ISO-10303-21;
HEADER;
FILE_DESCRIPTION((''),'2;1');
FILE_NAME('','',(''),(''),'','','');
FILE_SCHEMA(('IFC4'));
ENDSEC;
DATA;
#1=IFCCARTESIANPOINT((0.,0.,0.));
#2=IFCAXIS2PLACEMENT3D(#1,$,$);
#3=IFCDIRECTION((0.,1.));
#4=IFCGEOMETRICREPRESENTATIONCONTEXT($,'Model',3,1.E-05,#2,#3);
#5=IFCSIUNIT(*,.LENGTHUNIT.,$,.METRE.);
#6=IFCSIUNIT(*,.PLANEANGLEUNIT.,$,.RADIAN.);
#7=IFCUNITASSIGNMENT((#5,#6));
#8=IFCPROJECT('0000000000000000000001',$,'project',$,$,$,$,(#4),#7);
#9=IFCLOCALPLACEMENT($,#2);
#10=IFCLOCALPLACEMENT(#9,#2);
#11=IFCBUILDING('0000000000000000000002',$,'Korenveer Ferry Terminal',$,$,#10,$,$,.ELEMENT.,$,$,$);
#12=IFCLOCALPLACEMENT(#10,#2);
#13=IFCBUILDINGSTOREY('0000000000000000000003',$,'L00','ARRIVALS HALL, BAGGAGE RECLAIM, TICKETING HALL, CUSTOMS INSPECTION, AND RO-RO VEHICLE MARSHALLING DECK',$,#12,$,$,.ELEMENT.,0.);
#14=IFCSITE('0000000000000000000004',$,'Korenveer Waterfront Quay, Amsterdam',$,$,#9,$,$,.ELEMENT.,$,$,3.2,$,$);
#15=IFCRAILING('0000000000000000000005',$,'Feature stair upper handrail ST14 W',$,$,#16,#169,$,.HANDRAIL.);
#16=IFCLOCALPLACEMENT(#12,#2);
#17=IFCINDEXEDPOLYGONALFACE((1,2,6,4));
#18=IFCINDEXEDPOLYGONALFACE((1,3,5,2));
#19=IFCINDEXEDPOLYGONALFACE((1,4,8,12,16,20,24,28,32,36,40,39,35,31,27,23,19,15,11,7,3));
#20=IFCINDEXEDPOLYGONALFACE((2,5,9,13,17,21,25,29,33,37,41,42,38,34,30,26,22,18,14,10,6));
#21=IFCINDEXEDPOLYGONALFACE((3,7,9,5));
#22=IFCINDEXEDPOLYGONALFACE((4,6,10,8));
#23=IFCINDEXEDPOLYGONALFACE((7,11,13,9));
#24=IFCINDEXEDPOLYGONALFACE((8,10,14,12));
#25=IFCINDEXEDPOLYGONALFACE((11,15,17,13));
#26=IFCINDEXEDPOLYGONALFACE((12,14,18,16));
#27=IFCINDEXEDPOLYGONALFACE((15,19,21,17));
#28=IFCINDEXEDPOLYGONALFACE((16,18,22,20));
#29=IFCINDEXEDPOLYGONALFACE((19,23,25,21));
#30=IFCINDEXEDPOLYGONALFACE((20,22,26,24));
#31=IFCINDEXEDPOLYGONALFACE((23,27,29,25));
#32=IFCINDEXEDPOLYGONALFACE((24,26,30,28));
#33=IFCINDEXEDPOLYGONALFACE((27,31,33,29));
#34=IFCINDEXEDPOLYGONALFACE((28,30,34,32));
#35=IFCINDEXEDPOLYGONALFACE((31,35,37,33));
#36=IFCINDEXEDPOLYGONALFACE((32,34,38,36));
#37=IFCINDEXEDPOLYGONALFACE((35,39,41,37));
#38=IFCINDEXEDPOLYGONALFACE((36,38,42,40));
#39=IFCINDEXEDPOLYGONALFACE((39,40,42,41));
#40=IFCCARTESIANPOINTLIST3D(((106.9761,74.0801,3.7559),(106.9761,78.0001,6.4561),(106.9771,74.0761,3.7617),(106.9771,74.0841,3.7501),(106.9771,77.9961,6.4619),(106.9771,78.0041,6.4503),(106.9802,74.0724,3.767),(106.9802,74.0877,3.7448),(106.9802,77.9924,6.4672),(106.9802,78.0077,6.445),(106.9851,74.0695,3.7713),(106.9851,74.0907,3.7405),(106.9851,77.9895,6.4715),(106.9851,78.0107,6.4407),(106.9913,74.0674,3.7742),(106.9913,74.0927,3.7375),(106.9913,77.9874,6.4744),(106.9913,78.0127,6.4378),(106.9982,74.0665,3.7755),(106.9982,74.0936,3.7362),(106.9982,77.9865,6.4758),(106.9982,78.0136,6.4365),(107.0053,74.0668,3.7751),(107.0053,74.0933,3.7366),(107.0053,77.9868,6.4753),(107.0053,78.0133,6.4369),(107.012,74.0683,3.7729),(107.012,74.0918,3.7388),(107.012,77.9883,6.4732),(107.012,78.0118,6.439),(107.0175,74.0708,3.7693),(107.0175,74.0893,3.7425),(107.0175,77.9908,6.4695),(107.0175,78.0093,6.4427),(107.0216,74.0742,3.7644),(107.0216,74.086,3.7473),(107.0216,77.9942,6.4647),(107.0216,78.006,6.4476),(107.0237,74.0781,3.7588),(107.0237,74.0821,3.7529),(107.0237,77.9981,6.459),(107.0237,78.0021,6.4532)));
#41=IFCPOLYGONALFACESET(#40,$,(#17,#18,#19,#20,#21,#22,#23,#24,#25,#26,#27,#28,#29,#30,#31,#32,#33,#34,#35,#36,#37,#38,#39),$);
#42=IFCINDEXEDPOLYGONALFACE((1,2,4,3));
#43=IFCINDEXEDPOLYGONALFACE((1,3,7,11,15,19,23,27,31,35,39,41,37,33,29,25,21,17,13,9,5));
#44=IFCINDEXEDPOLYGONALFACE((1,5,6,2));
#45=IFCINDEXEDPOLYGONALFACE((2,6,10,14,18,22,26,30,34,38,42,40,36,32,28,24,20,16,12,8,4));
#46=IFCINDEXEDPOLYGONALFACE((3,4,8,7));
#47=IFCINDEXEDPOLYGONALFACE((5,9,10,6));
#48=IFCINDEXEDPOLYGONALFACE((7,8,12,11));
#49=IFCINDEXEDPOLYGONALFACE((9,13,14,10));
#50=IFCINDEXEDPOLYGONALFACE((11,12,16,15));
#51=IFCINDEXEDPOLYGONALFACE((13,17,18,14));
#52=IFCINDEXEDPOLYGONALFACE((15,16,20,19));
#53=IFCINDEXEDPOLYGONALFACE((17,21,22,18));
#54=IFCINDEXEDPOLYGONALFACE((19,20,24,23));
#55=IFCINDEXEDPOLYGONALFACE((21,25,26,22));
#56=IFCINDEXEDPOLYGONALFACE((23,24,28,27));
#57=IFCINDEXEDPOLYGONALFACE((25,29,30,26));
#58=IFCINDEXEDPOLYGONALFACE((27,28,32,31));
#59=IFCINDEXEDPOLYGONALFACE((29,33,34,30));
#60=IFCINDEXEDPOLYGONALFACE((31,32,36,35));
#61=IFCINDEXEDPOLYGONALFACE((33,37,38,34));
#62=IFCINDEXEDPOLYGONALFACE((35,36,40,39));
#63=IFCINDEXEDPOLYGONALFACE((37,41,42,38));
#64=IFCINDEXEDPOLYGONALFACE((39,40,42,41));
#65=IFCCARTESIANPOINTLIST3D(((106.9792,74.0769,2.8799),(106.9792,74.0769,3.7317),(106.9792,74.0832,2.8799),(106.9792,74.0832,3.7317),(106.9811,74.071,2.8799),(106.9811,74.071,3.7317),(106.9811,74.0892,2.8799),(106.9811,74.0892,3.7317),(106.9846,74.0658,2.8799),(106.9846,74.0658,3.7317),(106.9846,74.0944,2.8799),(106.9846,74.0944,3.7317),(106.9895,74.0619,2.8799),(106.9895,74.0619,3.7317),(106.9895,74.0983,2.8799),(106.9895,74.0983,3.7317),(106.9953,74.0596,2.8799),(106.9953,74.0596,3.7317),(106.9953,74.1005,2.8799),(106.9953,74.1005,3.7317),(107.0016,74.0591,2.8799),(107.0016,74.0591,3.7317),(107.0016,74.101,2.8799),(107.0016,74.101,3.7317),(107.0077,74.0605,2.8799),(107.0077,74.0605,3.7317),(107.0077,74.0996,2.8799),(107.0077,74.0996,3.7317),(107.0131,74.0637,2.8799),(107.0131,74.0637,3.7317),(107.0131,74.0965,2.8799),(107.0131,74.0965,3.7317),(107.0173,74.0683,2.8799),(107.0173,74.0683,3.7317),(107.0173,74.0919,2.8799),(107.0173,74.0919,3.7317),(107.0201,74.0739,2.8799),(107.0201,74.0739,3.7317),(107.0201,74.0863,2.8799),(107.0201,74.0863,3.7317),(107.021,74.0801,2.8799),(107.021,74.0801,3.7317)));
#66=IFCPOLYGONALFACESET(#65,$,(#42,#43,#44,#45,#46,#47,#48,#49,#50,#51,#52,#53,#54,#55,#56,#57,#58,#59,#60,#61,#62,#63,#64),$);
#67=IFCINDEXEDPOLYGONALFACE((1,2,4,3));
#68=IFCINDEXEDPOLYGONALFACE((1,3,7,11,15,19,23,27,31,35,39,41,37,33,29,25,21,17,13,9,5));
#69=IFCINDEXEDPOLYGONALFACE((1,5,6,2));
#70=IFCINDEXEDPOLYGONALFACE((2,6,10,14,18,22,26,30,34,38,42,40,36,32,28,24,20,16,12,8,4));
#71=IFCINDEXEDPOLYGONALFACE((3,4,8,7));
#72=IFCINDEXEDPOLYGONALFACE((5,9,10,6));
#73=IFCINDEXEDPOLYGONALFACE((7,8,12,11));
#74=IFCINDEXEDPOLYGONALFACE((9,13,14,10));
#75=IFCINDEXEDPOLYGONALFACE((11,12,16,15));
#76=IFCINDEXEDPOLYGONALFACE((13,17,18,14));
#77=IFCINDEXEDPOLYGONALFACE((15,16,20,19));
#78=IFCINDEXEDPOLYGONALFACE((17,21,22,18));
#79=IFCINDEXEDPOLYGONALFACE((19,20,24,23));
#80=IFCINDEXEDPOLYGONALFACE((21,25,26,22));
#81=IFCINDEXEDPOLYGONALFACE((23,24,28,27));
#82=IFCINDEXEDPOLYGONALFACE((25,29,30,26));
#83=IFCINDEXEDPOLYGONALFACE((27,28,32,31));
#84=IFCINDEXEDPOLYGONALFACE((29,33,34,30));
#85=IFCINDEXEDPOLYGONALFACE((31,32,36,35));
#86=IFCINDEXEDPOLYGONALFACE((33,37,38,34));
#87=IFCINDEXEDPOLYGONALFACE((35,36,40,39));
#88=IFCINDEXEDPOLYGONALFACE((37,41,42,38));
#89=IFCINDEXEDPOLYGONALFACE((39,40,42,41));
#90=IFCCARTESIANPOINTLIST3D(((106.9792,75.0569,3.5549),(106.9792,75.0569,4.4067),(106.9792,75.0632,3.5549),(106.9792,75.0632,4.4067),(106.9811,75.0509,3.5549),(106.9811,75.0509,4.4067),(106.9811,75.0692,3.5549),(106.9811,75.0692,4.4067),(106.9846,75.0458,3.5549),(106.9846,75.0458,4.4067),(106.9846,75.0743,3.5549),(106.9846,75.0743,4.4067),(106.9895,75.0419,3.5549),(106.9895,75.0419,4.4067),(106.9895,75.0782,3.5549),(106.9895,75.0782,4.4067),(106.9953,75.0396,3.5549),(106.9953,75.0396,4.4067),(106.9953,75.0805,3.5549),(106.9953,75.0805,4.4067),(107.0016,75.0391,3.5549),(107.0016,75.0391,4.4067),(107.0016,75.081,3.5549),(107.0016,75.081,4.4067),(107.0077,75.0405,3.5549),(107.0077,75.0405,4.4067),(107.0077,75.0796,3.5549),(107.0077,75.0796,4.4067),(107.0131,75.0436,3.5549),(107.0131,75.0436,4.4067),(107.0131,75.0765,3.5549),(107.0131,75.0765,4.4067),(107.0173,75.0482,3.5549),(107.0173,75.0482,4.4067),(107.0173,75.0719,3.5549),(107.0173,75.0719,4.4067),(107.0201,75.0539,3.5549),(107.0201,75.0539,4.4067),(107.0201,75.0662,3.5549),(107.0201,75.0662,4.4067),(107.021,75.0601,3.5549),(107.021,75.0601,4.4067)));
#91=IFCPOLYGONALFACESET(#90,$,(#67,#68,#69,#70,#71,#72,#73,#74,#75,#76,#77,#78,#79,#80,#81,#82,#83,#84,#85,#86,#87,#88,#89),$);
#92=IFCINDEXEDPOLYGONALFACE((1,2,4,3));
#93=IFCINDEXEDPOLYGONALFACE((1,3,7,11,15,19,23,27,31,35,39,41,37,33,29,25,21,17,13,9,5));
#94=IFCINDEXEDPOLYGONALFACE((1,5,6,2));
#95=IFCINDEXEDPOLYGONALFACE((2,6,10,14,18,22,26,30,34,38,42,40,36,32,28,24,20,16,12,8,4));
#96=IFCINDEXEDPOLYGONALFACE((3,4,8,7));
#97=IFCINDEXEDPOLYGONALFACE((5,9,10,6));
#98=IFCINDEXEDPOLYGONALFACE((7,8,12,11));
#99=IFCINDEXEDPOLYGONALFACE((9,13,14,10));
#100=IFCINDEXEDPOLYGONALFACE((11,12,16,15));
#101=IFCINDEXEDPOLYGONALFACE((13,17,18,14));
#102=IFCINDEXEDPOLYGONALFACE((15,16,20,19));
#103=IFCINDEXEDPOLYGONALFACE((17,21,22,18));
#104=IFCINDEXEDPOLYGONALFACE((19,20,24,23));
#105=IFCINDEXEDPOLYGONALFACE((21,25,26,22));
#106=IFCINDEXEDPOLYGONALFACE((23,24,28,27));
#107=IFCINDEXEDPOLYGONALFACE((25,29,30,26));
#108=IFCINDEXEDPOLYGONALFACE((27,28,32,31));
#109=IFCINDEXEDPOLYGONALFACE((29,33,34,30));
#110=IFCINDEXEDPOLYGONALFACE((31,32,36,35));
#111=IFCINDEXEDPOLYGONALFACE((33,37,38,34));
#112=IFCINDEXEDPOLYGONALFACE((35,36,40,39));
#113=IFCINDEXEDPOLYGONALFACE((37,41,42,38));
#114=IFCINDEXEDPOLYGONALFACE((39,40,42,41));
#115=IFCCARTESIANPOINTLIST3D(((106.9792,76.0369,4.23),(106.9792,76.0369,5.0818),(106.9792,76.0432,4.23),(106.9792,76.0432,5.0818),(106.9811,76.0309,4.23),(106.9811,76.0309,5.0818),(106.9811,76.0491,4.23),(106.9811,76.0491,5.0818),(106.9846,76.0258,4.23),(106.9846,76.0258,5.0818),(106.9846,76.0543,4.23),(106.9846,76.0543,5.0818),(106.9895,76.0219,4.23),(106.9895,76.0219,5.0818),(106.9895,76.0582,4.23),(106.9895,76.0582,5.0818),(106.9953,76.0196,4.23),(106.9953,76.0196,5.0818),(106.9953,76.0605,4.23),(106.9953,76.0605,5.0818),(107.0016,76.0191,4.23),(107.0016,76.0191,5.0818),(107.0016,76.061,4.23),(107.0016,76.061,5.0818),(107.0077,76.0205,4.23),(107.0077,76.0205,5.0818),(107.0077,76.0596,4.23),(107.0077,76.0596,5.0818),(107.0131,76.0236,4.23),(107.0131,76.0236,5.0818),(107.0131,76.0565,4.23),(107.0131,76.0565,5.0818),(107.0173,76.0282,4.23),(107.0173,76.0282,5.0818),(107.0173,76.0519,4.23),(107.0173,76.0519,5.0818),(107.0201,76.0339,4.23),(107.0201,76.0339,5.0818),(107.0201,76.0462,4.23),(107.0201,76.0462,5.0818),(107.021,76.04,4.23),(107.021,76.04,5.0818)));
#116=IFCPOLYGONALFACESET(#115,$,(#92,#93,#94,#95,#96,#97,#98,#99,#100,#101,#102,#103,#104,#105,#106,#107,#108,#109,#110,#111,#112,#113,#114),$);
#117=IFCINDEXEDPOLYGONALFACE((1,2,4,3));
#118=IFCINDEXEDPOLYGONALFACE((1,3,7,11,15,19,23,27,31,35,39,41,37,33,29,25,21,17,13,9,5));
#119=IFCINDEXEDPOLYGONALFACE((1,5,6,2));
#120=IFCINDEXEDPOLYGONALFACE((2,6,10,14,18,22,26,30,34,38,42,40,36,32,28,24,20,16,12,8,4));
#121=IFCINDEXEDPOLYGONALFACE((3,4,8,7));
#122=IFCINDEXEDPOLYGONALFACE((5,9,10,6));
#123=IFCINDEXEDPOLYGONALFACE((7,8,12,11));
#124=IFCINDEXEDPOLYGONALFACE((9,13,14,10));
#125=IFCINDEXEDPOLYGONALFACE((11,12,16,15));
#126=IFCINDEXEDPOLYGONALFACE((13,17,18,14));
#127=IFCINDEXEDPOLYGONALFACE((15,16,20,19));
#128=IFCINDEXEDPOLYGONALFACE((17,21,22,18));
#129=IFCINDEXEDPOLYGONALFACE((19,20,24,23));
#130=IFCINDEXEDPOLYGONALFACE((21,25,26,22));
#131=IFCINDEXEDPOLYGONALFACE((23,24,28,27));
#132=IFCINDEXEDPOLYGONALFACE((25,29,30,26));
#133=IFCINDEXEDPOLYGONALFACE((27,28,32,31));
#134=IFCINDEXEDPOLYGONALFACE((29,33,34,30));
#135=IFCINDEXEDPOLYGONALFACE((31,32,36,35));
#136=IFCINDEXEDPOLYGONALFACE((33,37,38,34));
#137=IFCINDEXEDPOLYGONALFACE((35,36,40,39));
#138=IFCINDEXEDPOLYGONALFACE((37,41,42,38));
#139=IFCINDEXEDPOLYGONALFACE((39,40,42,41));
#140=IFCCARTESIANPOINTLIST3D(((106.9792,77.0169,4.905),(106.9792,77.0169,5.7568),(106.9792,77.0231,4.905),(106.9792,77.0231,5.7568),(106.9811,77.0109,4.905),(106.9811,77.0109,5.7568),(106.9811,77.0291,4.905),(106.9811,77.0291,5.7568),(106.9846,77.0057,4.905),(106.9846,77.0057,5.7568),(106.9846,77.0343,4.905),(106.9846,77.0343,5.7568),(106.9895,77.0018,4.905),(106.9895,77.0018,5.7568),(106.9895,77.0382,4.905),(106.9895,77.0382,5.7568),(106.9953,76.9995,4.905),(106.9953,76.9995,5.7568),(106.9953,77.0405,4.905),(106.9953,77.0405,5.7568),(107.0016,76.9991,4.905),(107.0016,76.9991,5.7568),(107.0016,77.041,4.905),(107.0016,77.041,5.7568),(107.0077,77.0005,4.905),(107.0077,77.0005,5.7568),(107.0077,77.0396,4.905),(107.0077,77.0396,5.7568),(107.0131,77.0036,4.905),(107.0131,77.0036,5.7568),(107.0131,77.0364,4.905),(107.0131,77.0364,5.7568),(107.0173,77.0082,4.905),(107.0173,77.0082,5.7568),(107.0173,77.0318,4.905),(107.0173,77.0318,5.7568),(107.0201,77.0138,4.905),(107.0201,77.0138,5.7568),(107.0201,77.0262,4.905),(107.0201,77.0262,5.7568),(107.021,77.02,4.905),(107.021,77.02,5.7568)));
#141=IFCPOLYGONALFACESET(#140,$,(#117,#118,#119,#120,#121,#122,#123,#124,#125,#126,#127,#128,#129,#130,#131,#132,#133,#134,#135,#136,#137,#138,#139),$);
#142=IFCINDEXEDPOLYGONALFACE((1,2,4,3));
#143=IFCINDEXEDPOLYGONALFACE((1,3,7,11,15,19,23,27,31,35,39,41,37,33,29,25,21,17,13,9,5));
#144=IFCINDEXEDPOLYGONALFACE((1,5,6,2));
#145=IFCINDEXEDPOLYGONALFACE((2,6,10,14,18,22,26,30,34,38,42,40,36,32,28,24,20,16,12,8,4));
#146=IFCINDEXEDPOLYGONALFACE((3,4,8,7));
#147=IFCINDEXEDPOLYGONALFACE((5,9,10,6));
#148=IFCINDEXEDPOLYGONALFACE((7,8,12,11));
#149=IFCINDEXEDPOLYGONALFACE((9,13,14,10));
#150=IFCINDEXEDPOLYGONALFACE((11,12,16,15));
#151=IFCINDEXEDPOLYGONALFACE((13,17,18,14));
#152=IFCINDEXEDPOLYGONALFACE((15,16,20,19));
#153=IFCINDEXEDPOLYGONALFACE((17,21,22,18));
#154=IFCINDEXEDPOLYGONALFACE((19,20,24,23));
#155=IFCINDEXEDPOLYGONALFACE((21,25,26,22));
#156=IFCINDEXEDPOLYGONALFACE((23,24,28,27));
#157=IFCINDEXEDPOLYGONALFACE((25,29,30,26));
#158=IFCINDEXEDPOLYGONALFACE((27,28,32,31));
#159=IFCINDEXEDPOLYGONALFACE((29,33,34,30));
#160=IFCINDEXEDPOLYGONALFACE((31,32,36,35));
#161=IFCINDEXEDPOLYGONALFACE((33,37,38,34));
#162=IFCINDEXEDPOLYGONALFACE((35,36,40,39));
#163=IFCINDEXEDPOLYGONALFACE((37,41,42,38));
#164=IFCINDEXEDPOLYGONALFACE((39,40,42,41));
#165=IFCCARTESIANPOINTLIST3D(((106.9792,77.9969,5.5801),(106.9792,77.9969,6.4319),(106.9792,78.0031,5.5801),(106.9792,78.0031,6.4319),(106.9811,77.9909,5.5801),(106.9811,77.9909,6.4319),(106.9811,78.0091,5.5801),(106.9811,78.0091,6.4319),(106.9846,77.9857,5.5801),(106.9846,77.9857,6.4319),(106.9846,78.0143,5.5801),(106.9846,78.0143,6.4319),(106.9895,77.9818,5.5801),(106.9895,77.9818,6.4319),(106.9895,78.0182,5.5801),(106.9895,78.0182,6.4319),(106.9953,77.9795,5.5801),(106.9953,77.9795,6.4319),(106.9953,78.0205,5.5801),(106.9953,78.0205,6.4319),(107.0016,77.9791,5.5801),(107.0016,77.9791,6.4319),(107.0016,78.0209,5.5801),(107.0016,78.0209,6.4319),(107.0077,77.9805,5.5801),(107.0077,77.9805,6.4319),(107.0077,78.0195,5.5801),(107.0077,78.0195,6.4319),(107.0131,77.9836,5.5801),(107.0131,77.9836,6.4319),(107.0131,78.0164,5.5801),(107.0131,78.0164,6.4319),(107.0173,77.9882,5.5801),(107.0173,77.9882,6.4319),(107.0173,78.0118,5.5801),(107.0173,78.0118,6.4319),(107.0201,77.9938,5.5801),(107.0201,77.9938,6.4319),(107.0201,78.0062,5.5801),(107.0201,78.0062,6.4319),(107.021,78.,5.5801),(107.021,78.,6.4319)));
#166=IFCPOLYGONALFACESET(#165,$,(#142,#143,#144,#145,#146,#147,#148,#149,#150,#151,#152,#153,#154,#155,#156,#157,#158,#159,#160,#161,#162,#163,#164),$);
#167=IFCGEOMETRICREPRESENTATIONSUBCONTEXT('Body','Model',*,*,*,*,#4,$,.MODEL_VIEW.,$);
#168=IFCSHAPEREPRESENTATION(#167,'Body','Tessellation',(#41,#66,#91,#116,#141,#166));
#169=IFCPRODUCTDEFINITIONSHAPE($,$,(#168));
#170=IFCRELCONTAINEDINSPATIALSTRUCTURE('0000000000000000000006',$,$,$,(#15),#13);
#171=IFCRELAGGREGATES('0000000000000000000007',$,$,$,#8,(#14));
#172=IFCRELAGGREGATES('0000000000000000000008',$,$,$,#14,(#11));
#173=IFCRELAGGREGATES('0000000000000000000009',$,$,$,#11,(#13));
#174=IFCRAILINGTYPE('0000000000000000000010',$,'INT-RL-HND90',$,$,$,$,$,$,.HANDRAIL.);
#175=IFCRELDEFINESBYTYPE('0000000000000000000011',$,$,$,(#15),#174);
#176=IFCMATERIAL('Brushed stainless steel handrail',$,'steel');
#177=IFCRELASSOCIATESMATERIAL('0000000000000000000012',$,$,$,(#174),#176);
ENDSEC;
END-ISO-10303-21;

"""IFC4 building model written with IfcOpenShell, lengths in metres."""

from ifc_helpers import new_model, si_unit, direction, frame, origin, origin_2d, place, context, subcontext, project, spatial, circle, extrude, material, type_object, element, save


model = new_model("IFC4")

# Units and contexts
model_context = context("Model", 3, precision=1e-05, world=origin(), true_north=direction((0.0, 1.0)))
body_context = subcontext(model_context, "Body", "Model", "MODEL_VIEW")
ifc_project = project(units=[si_unit("LENGTHUNIT", "METRE"), si_unit("PLANEANGLEUNIT", "RADIAN")], contexts=[model_context])

# Site, building, storey
site_placement = place(None, origin())
site = spatial("IfcSite", under=ifc_project, at=site_placement, Name="Korenveer Waterfront Quay, Amsterdam", CompositionType="ELEMENT", RefElevation=3.2)
building_placement = place(site_placement, origin())
building = spatial("IfcBuilding", under=site, at=building_placement, Name="Korenveer Ferry Terminal", CompositionType="ELEMENT")
storey_placement = place(building_placement, origin())
storey = spatial("IfcBuildingStorey", under=building, at=storey_placement, Name="L00", Description="ARRIVALS HALL, BAGGAGE RECLAIM, TICKETING HALL, CUSTOMS INSPECTION, AND RO-RO VEHICLE MARSHALLING DECK", CompositionType="ELEMENT", Elevation=0.0)

# Railing
ifc_material_1 = material(Name="Brushed stainless steel handrail", Category="steel")
railing_type_1 = type_object("IfcRailingType", Name="INT-RL-HND90", PredefinedType="HANDRAIL", material=ifc_material_1)
railing_1_placement = place(storey_placement, frame((107.0, 74.0801, 2.8799)))
element("IfcRailing", 1, at=railing_1_placement, inside=storey, type_object=railing_type_1, Name="Feature stair upper handrail ST14 W", PredefinedType="HANDRAIL", context=body_context, shape_type="SweptSolid", body=[
    extrude(circle(Radius=0.0239, at=origin_2d()), frame((0.0, 0.0, 0.876), z_axis=(0.0, 0.823527, 0.567277), x_axis=(-1.0, 0.0, 0.0)), (0.0, 0.0, 1.0), 4.76),
    extrude(circle(Radius=0.021, at=origin_2d()), origin(), (0.0, 0.0, 1.0), 0.8518),
    extrude(circle(Radius=0.021, at=origin_2d()), frame((0.0, 0.98, 0.675)), (0.0, 0.0, 1.0), 0.8518),
    extrude(circle(Radius=0.021, at=origin_2d()), frame((0.0, 1.96, 1.3501)), (0.0, 0.0, 1.0), 0.8518),
    extrude(circle(Radius=0.021, at=origin_2d()), frame((0.0, 2.9399, 2.0251)), (0.0, 0.0, 1.0), 0.8518),
    extrude(circle(Radius=0.021, at=origin_2d()), frame((0.0, 3.9199, 2.7002)), (0.0, 0.0, 1.0), 0.8518),
])

save(model, "model.ifc")
